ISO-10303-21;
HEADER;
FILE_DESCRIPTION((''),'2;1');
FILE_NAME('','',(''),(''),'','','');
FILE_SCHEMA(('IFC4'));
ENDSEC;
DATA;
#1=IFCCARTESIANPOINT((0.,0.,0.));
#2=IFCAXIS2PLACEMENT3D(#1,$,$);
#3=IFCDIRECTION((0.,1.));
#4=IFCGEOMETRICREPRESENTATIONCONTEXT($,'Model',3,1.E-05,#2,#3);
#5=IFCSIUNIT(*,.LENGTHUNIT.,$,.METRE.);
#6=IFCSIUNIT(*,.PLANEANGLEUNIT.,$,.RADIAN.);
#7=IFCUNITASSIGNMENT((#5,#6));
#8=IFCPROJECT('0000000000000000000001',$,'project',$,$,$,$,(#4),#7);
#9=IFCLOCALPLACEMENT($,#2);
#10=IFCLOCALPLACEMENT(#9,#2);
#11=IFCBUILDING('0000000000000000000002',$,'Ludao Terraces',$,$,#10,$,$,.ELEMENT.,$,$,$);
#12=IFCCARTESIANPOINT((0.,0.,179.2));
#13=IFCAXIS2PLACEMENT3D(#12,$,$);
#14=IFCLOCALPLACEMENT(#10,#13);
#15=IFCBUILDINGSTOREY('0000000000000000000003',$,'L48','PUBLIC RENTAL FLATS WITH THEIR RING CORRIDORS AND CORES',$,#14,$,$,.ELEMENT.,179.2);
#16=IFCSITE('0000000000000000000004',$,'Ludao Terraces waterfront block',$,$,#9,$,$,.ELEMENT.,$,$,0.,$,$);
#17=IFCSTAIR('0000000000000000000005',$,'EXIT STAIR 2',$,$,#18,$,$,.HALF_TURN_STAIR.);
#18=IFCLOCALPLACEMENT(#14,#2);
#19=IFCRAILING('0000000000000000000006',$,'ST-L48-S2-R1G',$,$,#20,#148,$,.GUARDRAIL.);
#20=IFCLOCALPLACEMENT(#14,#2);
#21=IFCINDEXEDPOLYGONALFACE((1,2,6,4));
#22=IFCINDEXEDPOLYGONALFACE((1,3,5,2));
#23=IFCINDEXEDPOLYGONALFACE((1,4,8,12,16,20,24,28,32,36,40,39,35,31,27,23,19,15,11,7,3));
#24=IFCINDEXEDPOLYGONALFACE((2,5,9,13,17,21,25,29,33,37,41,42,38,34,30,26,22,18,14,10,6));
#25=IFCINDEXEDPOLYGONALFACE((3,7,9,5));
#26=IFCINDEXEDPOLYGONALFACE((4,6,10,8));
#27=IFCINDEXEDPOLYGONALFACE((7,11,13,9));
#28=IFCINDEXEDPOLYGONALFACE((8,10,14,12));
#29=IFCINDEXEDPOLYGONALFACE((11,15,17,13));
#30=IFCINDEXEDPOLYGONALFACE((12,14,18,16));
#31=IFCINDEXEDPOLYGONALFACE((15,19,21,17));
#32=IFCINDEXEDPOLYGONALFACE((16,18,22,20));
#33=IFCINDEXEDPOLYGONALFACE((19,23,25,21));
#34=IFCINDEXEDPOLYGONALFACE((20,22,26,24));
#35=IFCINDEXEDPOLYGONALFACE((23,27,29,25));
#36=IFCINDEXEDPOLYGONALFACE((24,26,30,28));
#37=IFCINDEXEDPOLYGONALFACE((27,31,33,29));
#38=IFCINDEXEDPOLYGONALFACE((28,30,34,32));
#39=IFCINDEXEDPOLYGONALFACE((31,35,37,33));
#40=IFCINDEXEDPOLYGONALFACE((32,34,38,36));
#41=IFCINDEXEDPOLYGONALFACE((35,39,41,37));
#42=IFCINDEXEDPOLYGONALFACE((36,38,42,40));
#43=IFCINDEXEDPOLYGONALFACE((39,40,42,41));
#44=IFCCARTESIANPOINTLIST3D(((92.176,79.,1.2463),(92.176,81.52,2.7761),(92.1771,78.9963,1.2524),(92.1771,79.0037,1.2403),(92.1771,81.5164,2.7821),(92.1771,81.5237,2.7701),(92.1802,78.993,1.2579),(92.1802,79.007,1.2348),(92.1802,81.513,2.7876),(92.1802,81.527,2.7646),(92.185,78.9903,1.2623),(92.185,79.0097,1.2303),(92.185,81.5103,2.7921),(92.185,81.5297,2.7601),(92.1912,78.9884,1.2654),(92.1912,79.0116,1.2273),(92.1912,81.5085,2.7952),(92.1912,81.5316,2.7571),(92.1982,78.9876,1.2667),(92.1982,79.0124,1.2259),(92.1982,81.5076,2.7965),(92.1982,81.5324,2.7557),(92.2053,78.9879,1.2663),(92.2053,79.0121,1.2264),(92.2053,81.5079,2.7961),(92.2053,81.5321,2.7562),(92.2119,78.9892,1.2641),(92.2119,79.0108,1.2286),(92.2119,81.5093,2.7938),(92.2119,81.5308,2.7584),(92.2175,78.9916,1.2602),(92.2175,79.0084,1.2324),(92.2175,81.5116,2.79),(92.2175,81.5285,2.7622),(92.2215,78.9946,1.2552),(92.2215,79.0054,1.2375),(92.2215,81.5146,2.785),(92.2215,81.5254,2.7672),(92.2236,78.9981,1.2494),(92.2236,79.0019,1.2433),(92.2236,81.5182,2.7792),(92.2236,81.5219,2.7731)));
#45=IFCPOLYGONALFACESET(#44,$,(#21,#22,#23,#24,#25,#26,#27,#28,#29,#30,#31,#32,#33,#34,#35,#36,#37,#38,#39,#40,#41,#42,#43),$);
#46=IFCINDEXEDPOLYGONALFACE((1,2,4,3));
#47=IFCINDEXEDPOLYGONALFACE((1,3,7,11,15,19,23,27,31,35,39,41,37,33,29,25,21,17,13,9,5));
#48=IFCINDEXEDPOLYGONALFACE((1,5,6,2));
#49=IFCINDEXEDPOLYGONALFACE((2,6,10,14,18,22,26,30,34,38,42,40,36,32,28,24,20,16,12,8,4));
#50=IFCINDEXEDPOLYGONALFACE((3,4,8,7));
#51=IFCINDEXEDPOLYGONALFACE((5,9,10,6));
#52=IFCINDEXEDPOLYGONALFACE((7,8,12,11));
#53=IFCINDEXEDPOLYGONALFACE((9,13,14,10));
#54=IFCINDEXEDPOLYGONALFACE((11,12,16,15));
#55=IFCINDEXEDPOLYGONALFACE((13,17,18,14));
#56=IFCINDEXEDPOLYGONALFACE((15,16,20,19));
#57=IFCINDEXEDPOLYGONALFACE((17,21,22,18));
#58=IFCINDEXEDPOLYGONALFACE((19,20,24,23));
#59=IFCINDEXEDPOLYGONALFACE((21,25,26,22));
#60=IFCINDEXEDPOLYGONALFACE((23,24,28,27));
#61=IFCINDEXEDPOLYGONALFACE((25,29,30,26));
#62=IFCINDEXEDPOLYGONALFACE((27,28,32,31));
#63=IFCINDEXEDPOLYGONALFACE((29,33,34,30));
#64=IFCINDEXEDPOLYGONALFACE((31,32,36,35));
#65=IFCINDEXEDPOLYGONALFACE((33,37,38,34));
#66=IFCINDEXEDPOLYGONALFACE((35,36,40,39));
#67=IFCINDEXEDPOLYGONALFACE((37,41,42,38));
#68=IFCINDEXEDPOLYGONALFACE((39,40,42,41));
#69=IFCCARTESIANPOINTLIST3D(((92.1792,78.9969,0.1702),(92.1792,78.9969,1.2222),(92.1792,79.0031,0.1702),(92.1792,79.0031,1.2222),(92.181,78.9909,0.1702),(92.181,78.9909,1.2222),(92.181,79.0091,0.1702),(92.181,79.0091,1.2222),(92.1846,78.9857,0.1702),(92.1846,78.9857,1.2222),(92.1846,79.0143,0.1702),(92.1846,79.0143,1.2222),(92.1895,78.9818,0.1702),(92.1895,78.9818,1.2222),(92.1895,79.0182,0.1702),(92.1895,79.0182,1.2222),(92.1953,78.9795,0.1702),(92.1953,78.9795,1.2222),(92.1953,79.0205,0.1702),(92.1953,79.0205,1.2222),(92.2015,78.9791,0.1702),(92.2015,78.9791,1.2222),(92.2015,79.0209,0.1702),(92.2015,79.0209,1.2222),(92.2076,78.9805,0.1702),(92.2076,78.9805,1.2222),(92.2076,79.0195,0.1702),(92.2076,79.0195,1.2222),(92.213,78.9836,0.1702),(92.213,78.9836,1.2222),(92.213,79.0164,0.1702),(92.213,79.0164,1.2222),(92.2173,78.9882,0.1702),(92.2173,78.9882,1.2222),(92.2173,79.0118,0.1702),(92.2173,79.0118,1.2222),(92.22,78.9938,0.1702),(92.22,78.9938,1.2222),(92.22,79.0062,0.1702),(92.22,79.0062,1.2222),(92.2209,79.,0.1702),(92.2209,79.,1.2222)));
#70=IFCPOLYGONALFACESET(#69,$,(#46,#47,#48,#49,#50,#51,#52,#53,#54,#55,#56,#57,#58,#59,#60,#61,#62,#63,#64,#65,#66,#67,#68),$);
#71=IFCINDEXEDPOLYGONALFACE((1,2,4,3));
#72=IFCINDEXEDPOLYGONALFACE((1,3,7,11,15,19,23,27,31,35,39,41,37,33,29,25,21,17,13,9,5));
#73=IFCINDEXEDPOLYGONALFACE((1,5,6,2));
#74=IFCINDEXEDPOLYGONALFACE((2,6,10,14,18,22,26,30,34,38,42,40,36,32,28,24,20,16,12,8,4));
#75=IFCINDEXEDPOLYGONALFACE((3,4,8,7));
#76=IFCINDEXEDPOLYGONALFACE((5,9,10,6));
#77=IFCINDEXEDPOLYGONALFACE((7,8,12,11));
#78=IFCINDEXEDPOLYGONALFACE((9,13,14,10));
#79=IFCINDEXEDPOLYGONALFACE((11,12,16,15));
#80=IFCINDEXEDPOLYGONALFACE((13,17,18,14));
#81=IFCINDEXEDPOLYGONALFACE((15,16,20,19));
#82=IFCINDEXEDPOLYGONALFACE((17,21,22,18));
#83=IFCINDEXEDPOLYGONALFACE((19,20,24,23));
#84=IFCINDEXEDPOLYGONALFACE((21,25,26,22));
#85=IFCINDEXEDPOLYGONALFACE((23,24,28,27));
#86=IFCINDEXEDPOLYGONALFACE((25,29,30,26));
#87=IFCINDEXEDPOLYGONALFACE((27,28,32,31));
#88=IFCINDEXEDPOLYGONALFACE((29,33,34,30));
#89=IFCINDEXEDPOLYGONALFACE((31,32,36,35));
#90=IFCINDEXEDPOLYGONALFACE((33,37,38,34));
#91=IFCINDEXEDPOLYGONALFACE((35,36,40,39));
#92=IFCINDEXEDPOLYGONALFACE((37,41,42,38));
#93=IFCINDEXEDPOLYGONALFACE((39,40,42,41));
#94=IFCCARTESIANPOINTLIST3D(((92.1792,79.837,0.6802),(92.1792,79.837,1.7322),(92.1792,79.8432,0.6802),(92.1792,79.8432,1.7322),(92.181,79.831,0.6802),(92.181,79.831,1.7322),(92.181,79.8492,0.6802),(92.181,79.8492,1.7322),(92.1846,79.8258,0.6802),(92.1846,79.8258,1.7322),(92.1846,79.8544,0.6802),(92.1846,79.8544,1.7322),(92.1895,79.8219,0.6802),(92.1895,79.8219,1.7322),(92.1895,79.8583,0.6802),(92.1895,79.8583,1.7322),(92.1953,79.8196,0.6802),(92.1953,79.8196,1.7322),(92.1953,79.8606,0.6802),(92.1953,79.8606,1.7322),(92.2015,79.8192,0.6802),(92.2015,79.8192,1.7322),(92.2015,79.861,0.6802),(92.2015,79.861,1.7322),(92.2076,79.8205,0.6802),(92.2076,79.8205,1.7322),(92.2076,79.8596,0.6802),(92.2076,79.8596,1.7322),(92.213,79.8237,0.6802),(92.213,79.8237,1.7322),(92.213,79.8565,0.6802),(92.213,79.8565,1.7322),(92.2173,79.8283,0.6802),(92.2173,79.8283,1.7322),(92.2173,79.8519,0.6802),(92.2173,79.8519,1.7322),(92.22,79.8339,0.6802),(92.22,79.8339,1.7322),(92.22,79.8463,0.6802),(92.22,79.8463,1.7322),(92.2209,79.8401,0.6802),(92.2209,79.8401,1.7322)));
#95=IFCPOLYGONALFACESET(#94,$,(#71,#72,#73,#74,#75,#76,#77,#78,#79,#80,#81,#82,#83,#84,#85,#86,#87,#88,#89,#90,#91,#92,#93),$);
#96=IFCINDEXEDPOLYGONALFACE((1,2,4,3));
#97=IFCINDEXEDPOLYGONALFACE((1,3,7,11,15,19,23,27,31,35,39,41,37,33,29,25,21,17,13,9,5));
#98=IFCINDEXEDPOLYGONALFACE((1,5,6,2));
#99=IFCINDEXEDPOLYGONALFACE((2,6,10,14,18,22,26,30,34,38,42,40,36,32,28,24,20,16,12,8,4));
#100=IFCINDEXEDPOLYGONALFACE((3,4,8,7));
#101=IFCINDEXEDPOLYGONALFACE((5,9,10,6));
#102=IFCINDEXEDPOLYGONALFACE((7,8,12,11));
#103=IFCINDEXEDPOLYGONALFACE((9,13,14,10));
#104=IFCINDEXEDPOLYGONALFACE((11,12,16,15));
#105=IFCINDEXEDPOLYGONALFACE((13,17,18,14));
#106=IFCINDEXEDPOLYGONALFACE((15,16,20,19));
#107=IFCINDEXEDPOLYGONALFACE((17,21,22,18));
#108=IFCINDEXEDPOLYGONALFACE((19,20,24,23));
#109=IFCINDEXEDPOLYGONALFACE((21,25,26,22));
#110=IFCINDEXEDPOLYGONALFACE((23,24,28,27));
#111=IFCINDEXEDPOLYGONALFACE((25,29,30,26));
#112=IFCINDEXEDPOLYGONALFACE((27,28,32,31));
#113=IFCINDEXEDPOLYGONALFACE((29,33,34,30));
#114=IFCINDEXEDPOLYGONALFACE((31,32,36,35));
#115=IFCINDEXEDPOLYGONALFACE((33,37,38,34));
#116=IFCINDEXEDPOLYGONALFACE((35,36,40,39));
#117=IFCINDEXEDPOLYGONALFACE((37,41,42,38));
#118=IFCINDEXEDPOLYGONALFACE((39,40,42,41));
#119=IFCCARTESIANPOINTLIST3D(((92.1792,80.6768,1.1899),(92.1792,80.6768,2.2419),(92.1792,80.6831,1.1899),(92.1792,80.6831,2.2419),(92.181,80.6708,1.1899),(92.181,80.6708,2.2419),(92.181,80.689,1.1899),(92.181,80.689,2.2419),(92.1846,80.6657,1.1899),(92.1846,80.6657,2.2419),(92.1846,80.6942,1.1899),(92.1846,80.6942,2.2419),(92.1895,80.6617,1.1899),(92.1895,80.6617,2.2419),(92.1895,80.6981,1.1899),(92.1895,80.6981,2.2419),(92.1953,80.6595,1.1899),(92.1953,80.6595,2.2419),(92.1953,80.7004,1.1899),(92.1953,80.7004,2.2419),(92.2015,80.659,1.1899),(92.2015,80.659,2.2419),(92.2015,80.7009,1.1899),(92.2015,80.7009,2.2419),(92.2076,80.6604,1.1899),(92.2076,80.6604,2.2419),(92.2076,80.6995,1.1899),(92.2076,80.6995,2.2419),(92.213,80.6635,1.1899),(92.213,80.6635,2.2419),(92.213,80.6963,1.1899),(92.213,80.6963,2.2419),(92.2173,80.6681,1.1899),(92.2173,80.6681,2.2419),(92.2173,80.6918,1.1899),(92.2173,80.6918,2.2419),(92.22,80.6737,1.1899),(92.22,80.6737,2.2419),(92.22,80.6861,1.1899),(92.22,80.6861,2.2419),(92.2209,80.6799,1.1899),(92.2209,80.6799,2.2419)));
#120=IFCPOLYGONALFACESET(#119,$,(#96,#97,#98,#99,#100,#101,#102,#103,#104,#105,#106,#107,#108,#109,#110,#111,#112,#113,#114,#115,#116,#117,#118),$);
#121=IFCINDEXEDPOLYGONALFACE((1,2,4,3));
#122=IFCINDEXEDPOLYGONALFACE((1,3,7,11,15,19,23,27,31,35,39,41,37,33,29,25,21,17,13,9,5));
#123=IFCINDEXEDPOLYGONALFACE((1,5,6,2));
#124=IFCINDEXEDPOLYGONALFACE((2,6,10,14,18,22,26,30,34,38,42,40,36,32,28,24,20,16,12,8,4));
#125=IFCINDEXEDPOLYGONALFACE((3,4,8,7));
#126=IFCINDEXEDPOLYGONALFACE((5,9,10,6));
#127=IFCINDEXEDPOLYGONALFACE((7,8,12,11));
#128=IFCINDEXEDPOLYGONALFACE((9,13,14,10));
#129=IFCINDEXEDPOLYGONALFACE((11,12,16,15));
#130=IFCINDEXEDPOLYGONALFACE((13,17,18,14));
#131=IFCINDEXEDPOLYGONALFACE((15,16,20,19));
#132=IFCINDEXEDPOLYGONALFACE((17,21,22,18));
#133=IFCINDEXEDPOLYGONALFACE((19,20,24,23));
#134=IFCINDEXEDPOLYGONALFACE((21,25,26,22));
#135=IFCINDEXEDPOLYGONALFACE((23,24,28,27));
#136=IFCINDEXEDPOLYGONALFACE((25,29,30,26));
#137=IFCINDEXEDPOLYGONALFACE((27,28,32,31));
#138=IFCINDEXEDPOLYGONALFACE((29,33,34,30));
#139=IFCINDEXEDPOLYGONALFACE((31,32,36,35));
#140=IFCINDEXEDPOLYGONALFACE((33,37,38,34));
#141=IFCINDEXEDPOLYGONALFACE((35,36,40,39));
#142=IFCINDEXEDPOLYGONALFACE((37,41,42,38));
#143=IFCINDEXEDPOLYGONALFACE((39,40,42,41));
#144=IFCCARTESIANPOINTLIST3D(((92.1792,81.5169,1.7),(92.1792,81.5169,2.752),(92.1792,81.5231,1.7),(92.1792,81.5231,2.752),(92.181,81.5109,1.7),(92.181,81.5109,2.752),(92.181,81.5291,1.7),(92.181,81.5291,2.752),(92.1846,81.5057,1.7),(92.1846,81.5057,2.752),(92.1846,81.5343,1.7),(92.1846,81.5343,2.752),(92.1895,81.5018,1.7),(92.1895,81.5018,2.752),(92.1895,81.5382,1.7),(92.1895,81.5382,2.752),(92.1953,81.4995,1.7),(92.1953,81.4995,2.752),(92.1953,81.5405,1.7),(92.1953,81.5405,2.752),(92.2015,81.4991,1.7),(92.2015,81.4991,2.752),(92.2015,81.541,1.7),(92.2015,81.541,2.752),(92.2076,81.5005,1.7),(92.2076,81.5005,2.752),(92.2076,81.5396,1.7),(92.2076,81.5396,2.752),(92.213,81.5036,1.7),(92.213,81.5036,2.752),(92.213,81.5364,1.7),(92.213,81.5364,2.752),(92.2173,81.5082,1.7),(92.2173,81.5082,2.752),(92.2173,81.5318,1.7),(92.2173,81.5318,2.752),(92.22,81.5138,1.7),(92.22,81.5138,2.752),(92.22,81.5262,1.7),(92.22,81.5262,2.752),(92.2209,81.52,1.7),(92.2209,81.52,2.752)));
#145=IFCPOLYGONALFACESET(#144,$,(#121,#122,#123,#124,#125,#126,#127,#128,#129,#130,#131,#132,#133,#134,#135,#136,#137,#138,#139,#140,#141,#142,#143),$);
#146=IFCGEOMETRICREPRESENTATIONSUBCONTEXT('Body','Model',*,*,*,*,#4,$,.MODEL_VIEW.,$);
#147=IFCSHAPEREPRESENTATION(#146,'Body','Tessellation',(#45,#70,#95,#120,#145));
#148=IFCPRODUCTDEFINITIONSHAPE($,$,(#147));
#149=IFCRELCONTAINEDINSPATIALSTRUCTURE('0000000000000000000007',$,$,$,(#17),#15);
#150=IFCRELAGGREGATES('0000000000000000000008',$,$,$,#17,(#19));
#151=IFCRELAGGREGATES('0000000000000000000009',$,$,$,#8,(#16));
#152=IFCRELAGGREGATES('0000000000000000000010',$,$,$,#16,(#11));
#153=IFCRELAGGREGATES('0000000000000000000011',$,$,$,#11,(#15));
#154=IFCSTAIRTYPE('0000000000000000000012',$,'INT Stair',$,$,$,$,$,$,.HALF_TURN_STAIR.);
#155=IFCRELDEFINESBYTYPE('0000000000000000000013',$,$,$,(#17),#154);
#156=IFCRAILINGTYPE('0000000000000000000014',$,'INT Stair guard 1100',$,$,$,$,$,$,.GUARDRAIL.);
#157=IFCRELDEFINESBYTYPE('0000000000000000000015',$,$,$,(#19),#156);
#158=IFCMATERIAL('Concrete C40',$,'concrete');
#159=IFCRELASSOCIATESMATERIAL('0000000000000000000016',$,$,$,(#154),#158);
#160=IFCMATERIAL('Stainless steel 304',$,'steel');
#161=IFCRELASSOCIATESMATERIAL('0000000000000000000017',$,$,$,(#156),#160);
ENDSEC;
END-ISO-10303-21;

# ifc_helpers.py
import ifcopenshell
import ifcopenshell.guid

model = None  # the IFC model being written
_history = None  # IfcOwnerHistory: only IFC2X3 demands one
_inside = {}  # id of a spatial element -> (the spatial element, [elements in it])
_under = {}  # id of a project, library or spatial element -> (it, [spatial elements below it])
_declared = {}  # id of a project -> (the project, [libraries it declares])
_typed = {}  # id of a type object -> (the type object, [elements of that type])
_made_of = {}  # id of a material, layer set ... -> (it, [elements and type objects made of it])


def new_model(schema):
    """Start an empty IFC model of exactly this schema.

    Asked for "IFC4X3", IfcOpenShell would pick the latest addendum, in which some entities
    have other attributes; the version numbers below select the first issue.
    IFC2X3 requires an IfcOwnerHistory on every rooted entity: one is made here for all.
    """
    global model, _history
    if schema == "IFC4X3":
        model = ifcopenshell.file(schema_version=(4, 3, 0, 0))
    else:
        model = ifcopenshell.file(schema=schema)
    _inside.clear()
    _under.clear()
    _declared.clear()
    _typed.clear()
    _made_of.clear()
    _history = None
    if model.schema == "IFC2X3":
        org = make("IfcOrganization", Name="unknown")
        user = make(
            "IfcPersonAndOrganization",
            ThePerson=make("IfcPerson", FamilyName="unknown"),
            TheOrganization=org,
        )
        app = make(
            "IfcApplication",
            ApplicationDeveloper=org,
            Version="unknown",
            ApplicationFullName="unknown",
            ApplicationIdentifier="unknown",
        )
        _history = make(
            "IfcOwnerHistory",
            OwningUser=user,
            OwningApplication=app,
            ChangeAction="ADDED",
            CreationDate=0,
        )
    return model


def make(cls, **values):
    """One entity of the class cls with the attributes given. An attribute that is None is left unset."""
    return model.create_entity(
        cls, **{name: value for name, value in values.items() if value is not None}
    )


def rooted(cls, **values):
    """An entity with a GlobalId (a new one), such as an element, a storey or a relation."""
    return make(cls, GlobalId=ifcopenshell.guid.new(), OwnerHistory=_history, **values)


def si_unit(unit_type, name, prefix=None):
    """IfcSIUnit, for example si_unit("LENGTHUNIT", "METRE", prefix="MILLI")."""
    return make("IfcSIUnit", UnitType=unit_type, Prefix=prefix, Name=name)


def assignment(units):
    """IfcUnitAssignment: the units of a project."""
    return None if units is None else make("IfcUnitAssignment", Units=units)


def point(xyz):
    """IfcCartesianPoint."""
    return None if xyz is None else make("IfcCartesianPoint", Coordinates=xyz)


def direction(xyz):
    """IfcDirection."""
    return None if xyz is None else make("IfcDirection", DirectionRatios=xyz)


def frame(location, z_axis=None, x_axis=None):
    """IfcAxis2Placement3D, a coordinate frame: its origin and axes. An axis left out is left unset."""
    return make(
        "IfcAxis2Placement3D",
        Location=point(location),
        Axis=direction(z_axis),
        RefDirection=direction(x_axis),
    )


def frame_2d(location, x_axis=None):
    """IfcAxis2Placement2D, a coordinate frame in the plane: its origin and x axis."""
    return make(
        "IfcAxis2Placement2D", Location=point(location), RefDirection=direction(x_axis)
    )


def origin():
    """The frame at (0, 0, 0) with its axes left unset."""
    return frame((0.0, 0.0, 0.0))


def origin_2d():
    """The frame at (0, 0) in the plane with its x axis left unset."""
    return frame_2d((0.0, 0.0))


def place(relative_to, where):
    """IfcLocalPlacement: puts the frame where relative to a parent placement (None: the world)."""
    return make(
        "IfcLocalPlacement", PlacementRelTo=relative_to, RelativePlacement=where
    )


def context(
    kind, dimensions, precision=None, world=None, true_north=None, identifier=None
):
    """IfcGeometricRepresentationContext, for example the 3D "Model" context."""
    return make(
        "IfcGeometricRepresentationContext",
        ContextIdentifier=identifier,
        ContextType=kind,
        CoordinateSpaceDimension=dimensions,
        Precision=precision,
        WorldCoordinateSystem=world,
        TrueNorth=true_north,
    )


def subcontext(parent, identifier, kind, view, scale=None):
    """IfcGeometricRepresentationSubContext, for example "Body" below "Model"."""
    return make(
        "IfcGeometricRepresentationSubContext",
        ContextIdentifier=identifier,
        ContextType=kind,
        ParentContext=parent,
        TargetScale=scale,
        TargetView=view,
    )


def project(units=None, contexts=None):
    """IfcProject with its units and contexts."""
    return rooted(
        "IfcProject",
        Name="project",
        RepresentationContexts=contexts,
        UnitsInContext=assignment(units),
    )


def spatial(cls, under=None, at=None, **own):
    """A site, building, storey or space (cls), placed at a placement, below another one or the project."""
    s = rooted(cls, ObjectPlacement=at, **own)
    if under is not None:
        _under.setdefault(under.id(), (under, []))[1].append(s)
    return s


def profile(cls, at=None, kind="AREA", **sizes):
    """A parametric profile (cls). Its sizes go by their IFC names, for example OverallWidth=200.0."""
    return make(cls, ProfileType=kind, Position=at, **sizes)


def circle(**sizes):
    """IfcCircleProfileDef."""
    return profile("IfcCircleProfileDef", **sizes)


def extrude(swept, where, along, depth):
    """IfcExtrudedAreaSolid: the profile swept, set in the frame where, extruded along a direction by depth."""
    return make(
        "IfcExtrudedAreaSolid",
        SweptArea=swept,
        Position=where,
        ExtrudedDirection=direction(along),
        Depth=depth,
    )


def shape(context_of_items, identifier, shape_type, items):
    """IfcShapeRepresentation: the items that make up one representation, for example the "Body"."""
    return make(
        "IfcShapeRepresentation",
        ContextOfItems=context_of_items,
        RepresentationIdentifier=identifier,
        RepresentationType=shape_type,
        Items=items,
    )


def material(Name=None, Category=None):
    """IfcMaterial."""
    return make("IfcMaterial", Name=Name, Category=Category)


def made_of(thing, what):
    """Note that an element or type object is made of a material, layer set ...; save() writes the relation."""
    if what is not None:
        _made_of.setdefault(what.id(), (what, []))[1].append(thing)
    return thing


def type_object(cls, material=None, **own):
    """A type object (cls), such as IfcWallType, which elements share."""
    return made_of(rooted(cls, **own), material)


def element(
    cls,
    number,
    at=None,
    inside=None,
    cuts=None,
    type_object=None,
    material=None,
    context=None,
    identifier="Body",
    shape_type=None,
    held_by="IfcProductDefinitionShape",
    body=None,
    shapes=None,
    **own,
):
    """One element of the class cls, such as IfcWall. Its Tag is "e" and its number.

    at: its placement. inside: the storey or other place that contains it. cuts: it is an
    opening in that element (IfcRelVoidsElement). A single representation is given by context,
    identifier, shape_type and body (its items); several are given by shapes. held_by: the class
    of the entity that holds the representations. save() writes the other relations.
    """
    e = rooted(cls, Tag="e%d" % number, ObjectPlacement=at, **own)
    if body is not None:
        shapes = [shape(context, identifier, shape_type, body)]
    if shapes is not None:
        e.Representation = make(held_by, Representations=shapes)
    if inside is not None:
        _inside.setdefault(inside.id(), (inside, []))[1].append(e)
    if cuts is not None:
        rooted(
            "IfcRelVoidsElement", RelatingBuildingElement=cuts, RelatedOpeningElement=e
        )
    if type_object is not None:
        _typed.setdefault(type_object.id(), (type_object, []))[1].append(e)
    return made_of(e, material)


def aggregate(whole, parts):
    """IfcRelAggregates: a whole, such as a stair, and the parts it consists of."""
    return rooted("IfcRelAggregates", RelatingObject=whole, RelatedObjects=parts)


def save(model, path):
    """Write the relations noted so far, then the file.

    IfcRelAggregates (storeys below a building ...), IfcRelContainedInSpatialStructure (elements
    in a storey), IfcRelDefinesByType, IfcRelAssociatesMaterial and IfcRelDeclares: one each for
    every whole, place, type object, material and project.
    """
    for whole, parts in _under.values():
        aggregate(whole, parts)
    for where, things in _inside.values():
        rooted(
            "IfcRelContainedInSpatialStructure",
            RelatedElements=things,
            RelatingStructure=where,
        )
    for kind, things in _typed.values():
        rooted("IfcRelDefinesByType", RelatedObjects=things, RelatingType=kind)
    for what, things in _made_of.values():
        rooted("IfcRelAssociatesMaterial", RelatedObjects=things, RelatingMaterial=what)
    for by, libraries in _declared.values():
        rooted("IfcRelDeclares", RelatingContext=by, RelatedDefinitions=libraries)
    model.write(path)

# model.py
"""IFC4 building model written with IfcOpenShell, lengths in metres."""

from ifc_helpers import new_model, si_unit, direction, frame, origin, origin_2d, place, context, subcontext, project, spatial, circle, extrude, material, type_object, element, aggregate, save


model = new_model("IFC4")

# Units and contexts
model_context = context("Model", 3, precision=1e-05, world=origin(), true_north=direction((0.0, 1.0)))
body_context = subcontext(model_context, "Body", "Model", "MODEL_VIEW")
ifc_project = project(units=[si_unit("LENGTHUNIT", "METRE"), si_unit("PLANEANGLEUNIT", "RADIAN")], contexts=[model_context])

# Site, building, storey
site_placement = place(None, origin())
site = spatial("IfcSite", under=ifc_project, at=site_placement, Name="Ludao Terraces waterfront block", CompositionType="ELEMENT", RefElevation=0.0)
building_placement = place(site_placement, origin())
building = spatial("IfcBuilding", under=site, at=building_placement, Name="Ludao Terraces", CompositionType="ELEMENT")
storey_placement = place(building_placement, frame((0.0, 0.0, 179.2)))
storey = spatial("IfcBuildingStorey", under=building, at=storey_placement, Name="L48", Description="PUBLIC RENTAL FLATS WITH THEIR RING CORRIDORS AND CORES", CompositionType="ELEMENT", Elevation=179.2)

# Shared definitions
ifc_material_1 = material(Name="Concrete C40", Category="concrete")

# Shared definitions
ifc_material_2 = material(Name="Stainless steel 304", Category="steel")

# Stair, railing
stair_type = type_object("IfcStairType", Name="INT Stair", PredefinedType="HALF_TURN_STAIR", material=ifc_material_1)
stair_placement = place(storey_placement, origin())
stair = element("IfcStair", 1, at=stair_placement, inside=storey, type_object=stair_type, Name="EXIT STAIR 2", PredefinedType="HALF_TURN_STAIR")
railing_type_1 = type_object("IfcRailingType", Name="INT Stair guard 1100", PredefinedType="GUARDRAIL", material=ifc_material_2)
railing_1_placement = place(storey_placement, frame((92.2, 79.0, 0.1702)))
railing_1 = element("IfcRailing", 2, at=railing_1_placement, type_object=railing_type_1, Name="ST-L48-S2-R1G", PredefinedType="GUARDRAIL", context=body_context, shape_type="SweptSolid", body=[
    extrude(circle(Radius=0.0239, at=origin_2d()), frame((0.0, 0.0, 1.0762), z_axis=(0.0, 0.854822, 0.518922), x_axis=(-1.0, 0.0, 0.0)), (0.0, 0.0, 1.0), 2.948),
    extrude(circle(Radius=0.021, at=origin_2d()), origin(), (0.0, 0.0, 1.0), 1.052),
    extrude(circle(Radius=0.021, at=origin_2d()), frame((0.0, 0.8401, 0.51)), (0.0, 0.0, 1.0), 1.052),
    extrude(circle(Radius=0.021, at=origin_2d()), frame((0.0, 1.6799, 1.0198)), (0.0, 0.0, 1.0), 1.052),
    extrude(circle(Radius=0.021, at=origin_2d()), frame((0.0, 2.52, 1.5298)), (0.0, 0.0, 1.0), 1.052),
])
aggregate(stair, [railing_1])

save(model, "model.ifc")
